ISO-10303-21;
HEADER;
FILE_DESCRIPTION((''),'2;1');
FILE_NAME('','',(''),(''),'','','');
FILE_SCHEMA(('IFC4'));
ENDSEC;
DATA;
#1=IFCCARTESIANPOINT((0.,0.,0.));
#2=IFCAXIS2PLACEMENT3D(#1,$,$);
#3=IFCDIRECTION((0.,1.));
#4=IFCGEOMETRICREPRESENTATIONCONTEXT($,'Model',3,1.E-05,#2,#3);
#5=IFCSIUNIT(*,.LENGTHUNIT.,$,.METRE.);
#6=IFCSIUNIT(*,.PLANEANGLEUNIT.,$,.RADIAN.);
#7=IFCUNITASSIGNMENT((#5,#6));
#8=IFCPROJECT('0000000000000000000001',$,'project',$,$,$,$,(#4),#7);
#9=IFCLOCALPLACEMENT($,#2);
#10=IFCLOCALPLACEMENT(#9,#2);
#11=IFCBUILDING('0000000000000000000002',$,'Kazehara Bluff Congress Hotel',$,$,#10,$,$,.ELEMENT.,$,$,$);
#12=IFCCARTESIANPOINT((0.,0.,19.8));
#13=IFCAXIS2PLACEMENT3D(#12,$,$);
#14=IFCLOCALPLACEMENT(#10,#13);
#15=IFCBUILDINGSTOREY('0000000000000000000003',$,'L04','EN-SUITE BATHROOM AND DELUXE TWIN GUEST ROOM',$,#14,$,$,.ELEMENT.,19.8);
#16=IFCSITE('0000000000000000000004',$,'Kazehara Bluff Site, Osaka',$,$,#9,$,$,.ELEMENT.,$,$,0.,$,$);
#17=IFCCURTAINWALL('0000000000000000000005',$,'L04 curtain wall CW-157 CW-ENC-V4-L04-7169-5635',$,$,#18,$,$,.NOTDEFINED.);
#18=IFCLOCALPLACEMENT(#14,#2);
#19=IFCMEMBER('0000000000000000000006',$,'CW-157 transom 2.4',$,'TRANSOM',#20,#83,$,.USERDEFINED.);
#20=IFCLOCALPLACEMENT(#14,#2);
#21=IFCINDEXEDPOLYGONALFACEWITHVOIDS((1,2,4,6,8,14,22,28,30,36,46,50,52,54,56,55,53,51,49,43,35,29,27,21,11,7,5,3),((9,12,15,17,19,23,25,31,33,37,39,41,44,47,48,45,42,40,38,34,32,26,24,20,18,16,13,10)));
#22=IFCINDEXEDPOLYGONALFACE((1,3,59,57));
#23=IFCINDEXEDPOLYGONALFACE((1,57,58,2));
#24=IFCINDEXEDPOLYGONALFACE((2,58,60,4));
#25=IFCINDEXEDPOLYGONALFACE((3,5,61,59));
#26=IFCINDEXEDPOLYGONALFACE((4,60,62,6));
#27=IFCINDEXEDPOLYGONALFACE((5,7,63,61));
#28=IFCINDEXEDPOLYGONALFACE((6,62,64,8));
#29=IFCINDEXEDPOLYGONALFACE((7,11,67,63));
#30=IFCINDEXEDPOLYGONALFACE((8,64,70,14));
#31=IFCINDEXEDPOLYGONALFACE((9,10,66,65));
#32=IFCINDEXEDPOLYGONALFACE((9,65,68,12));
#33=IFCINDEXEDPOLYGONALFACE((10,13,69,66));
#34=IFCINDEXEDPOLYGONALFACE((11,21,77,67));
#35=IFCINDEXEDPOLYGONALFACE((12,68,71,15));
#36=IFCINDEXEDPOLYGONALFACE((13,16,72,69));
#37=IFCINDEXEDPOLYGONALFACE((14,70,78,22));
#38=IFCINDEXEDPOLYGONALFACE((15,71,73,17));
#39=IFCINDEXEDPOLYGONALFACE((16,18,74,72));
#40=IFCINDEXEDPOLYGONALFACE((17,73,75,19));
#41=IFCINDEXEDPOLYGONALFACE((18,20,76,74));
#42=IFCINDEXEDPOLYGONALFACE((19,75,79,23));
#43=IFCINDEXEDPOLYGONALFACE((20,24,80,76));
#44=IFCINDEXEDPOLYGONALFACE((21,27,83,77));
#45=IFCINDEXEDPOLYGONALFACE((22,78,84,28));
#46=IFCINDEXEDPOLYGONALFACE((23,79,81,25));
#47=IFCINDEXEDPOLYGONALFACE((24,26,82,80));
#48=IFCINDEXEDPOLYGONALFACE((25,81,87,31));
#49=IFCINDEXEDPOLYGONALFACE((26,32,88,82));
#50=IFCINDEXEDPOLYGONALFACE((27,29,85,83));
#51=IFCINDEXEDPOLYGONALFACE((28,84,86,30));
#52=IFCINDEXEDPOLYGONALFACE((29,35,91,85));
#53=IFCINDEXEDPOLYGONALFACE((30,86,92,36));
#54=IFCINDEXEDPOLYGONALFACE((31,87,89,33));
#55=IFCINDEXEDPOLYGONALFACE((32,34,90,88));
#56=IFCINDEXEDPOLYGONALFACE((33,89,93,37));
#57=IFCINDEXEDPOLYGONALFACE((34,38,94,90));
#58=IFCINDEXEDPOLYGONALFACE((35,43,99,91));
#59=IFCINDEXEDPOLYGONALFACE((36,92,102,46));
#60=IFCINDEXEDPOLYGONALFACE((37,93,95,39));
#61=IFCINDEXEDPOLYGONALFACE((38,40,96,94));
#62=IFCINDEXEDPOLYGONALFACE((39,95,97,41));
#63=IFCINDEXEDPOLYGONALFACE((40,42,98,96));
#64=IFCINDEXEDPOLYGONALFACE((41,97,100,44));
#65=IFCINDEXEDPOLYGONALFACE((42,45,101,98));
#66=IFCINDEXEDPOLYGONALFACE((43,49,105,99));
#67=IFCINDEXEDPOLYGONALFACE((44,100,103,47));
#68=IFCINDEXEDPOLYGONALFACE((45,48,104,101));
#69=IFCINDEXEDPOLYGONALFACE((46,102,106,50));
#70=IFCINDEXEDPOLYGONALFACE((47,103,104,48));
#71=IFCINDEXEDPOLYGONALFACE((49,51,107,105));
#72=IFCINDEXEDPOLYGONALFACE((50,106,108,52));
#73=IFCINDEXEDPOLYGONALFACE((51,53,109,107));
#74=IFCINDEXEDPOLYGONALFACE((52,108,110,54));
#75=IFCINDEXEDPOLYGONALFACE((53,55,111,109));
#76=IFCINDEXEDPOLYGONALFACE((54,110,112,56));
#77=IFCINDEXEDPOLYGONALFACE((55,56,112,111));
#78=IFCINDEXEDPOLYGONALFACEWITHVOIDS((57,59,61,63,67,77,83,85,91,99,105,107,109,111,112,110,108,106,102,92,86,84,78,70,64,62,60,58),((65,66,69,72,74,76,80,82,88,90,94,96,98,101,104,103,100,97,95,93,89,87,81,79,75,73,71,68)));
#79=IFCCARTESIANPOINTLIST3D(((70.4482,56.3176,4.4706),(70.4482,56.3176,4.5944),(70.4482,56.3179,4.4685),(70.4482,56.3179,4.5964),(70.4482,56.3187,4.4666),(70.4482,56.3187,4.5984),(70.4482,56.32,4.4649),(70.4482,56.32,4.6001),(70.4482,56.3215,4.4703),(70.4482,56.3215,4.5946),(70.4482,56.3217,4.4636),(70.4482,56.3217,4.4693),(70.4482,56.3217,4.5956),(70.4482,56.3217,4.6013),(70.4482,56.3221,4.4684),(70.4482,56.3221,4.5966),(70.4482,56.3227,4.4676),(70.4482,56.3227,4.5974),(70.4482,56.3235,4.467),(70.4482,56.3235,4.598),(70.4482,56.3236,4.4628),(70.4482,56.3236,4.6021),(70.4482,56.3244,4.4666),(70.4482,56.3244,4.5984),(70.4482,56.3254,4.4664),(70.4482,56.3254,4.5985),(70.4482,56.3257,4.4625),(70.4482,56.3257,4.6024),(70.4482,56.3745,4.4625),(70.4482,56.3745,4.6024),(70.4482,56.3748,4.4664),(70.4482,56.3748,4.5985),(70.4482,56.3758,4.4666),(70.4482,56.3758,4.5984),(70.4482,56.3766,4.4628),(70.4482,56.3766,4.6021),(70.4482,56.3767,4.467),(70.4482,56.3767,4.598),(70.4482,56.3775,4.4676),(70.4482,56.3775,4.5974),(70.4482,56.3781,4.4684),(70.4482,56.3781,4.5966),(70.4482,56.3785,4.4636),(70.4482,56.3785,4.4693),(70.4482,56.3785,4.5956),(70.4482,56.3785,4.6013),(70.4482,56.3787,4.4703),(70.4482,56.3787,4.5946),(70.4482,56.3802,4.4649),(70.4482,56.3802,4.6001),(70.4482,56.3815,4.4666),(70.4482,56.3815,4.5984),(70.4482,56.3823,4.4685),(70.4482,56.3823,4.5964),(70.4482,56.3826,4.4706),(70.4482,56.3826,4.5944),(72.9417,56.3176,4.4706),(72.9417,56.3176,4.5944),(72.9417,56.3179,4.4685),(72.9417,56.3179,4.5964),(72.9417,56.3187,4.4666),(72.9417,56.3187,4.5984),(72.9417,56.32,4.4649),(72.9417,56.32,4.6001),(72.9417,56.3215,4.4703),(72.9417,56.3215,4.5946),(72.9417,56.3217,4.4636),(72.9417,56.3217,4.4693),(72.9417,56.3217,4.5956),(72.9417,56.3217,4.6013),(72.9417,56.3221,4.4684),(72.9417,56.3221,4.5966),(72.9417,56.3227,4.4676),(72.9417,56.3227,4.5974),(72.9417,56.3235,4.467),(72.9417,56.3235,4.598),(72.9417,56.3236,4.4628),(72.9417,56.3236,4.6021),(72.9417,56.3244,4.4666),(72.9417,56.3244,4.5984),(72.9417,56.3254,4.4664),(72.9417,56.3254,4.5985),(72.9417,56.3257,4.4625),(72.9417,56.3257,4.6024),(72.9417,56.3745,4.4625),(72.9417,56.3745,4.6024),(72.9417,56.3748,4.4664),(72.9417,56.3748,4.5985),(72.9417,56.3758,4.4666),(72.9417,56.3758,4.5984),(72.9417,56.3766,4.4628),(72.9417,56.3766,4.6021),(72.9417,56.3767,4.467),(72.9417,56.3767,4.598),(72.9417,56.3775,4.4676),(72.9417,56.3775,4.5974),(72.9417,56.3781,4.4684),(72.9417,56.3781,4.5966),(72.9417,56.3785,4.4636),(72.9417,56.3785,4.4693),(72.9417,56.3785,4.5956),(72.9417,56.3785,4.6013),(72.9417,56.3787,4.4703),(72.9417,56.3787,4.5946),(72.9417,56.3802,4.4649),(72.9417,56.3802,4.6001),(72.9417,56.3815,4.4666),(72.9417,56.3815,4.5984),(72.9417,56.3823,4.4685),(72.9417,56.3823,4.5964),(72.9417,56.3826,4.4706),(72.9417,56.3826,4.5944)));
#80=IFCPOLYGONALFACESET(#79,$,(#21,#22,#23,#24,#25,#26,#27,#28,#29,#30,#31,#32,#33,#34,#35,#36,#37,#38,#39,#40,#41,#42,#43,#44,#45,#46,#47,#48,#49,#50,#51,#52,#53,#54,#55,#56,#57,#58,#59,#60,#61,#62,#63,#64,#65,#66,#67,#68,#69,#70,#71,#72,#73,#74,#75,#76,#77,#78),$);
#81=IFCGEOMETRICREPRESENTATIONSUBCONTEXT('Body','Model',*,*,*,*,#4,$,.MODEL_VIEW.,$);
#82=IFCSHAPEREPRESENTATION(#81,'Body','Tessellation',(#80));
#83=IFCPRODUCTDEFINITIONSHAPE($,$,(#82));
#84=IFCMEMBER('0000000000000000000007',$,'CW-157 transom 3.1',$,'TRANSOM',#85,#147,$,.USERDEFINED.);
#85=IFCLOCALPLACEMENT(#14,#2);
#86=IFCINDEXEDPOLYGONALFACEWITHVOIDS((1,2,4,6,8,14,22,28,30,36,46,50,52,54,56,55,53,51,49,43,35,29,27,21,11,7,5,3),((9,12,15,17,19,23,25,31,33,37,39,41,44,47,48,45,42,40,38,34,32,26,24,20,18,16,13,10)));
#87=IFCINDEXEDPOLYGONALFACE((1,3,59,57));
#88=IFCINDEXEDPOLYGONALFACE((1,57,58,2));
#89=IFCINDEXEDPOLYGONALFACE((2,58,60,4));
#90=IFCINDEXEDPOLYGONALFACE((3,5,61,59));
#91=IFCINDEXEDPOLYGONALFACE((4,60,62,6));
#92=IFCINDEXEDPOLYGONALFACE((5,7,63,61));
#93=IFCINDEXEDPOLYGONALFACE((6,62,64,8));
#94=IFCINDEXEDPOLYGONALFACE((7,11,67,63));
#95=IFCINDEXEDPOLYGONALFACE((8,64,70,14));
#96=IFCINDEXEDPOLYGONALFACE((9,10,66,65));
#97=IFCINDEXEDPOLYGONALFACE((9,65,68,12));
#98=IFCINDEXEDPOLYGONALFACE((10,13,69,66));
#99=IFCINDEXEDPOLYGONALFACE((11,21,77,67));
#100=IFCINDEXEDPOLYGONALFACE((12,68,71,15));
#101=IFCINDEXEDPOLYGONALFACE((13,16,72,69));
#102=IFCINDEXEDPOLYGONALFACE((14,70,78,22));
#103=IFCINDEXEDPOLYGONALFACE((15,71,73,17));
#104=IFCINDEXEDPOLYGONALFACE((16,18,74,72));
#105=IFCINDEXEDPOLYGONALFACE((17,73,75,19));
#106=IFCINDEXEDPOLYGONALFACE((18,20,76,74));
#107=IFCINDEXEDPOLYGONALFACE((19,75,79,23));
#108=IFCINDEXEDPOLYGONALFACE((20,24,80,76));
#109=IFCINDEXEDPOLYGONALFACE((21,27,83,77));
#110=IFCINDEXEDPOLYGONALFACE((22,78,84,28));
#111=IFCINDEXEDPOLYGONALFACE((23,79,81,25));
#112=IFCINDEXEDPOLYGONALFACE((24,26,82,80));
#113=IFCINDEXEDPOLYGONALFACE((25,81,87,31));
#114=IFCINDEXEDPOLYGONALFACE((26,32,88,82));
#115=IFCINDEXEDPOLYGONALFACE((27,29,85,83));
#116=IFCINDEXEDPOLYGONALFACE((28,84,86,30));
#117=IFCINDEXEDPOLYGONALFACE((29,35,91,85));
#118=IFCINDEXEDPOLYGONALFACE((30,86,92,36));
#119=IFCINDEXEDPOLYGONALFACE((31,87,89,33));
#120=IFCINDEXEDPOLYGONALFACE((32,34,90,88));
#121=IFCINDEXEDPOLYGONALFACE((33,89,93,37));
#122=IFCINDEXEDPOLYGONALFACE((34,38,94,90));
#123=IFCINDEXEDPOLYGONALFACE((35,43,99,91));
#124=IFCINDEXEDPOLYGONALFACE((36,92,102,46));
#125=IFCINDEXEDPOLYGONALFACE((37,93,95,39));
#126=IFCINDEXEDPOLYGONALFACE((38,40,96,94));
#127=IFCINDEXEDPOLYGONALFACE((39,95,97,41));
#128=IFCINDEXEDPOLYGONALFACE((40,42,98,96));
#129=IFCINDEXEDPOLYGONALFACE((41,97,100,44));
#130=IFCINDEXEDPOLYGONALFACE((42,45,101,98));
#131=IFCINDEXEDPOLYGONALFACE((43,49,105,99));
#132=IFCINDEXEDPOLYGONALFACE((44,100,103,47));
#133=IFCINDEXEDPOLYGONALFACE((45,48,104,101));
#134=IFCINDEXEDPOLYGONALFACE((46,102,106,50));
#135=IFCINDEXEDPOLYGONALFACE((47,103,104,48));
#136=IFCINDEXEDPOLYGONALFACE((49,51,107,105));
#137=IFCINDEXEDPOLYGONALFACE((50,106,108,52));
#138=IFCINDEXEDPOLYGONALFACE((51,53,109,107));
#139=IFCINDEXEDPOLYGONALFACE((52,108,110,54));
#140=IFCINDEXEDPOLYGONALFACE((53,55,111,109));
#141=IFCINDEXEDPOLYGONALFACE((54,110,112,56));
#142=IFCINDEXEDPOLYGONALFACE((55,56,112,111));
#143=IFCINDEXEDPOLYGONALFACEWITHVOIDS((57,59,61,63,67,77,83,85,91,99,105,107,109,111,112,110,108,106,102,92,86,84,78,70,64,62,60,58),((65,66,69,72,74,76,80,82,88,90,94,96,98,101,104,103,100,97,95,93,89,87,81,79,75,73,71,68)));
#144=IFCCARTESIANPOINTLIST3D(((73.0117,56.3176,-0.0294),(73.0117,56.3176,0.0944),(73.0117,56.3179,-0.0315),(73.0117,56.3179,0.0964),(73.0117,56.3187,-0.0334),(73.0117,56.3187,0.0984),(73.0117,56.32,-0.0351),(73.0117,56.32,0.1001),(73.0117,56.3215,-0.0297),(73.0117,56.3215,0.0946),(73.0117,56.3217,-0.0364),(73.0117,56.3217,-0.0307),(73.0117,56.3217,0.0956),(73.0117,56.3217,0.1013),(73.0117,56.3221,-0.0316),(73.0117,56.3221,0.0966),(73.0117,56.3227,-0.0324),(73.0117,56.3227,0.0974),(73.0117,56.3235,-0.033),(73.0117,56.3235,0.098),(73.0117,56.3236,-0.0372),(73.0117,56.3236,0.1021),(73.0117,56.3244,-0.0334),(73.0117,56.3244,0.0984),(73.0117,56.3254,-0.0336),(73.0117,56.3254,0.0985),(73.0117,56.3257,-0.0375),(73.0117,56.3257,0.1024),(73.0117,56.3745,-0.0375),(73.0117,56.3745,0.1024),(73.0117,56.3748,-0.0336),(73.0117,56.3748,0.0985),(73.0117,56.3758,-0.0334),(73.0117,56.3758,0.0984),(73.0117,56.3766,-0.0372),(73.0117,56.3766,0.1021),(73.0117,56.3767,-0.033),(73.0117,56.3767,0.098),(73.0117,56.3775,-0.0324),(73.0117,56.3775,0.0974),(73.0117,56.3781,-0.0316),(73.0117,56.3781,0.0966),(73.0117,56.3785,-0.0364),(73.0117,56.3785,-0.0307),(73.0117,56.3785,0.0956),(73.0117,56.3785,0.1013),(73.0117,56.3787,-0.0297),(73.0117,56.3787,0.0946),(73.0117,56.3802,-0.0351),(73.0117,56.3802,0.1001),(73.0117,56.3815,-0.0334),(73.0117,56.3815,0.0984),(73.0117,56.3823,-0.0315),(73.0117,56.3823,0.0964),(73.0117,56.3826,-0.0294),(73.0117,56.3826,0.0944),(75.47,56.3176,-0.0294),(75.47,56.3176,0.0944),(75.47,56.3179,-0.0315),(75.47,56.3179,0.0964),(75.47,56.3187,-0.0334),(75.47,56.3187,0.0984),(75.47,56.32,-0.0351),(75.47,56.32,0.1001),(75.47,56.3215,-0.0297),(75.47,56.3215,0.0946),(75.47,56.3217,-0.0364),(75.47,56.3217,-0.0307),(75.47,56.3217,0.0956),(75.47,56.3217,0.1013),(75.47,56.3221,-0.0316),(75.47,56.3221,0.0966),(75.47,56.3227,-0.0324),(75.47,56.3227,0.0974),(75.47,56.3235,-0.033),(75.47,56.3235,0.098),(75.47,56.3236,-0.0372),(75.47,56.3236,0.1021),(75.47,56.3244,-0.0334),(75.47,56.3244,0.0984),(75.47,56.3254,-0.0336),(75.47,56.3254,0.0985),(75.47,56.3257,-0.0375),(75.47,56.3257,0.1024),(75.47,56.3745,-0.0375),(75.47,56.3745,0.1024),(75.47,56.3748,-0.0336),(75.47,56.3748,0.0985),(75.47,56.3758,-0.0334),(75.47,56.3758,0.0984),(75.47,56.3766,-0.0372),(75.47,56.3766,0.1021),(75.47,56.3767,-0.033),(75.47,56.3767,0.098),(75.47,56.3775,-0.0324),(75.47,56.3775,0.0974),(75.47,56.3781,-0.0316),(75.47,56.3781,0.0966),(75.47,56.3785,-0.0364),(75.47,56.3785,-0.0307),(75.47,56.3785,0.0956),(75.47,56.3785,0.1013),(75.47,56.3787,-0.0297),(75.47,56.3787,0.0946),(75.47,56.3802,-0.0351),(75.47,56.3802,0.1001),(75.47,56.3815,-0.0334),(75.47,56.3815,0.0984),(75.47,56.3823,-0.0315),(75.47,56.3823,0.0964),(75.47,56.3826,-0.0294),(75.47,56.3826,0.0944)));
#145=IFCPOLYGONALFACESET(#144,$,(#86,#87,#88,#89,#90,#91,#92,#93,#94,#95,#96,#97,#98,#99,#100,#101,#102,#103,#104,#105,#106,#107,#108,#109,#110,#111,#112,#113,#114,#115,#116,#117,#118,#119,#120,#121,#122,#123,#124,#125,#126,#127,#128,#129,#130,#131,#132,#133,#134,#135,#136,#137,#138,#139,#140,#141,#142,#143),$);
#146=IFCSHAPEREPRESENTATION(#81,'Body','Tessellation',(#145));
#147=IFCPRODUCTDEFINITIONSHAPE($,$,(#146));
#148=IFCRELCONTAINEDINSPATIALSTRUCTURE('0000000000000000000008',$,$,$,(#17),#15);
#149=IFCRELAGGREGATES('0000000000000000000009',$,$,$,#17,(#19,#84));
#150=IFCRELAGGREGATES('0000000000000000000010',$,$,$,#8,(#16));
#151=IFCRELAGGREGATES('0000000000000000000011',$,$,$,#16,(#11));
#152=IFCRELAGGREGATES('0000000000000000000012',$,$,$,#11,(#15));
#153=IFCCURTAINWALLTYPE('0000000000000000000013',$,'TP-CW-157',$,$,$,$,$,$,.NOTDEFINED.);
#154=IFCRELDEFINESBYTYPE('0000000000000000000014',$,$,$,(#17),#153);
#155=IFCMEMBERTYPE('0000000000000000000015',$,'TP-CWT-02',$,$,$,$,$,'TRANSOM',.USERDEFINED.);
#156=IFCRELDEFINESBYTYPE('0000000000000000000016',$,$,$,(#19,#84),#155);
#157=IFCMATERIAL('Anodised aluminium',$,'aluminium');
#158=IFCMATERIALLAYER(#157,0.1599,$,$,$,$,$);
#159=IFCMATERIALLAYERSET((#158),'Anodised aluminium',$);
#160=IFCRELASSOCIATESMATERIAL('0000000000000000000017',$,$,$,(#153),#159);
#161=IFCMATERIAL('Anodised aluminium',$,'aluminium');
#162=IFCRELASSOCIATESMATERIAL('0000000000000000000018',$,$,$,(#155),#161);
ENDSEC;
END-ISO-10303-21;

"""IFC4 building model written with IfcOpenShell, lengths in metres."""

from ifc_helpers import new_model, si_unit, direction, frame, origin, origin_2d, place, context, subcontext, project, spatial, hollow_rectangle, extrude, material, layer, layer_set, material_profile, profile_set, type_object, element, aggregate, save


model = new_model("IFC4")

# Units and contexts
model_context = context("Model", 3, precision=1e-05, world=origin(), true_north=direction((0.0, 1.0)))
body_context = subcontext(model_context, "Body", "Model", "MODEL_VIEW")
ifc_project = project(units=[si_unit("LENGTHUNIT", "METRE"), si_unit("PLANEANGLEUNIT", "RADIAN")], contexts=[model_context])

# Site, building, storey
site_placement = place(None, origin())
site = spatial("IfcSite", under=ifc_project, at=site_placement, Name="Kazehara Bluff Site, Osaka", CompositionType="ELEMENT", RefElevation=0.0)
building_placement = place(site_placement, origin())
building = spatial("IfcBuilding", under=site, at=building_placement, Name="Kazehara Bluff Congress Hotel", CompositionType="ELEMENT")
storey_placement = place(building_placement, frame((0.0, 0.0, 19.8)))
storey = spatial("IfcBuildingStorey", under=building, at=storey_placement, Name="L04", Description="EN-SUITE BATHROOM AND DELUXE TWIN GUEST ROOM", CompositionType="ELEMENT", Elevation=19.8)

# Curtain wall, members
ifc_material_1 = material(Name="Anodised aluminium", Category="aluminium")
ifc_layer_1 = layer(ifc_material_1, 0.1599)
ifc_layer_set_1 = layer_set([ifc_layer_1], Name="Anodised aluminium")
curtain_wall_type_1 = type_object("IfcCurtainWallType", Name="TP-CW-157", PredefinedType="NOTDEFINED", material=ifc_layer_set_1)
curtain_wall_1_placement = place(storey_placement, origin())
curtain_wall_1 = element("IfcCurtainWall", 1, at=curtain_wall_1_placement, inside=storey, type_object=curtain_wall_type_1, Name="L04 curtain wall CW-157 CW-ENC-V4-L04-7169-5635", PredefinedType="NOTDEFINED")
ifc_material_2 = material(Name="Anodised aluminium", Category="aluminium")
ifc_material_profile_1 = material_profile(ifc_material_2, hollow_rectangle(XDim=0.0649, YDim=0.1399, WallThickness=0.0039, InnerFilletRadius=0.0039, OuterFilletRadius=0.0081, at=origin_2d()))
ifc_profile_set_1 = profile_set([ifc_material_profile_1], Name="Anodised aluminium")
member_type_1 = type_object("IfcMemberType", Name="TP-CWT-02", ElementType="TRANSOM", PredefinedType="USERDEFINED", material=ifc_profile_set_1)
member_1_placement = place(storey_placement, frame((70.4482, 56.3501, 4.5325), z_axis=(1.0, 0.0, 0.0), x_axis=(0.0, 1.0, 0.0)))
member_1 = element("IfcMember", 2, at=member_1_placement, type_object=member_type_1, Name="CW-157 transom 2.4", ObjectType="TRANSOM", PredefinedType="USERDEFINED", context=body_context, shape_type="SweptSolid", body=[
    extrude(hollow_rectangle(XDim=0.0649, YDim=0.1399, WallThickness=0.0039, InnerFilletRadius=0.0039, OuterFilletRadius=0.0081, at=origin_2d()), origin(), (0.0, 0.0, 1.0), 2.4934),
])
member_2_placement = place(storey_placement, frame((73.0117, 56.3501, 0.0325), z_axis=(1.0, 0.0, 0.0), x_axis=(0.0, 1.0, 0.0)))
member_2 = element("IfcMember", 3, at=member_2_placement, type_object=member_type_1, Name="CW-157 transom 3.1", ObjectType="TRANSOM", PredefinedType="USERDEFINED", context=body_context, shape_type="SweptSolid", body=[
    extrude(hollow_rectangle(XDim=0.0649, YDim=0.1399, WallThickness=0.0039, InnerFilletRadius=0.0039, OuterFilletRadius=0.0081, at=origin_2d()), origin(), (0.0, 0.0, 1.0), 2.4583),
])

aggregate(curtain_wall_1, [member_1, member_2])

save(model, "model.ifc")
